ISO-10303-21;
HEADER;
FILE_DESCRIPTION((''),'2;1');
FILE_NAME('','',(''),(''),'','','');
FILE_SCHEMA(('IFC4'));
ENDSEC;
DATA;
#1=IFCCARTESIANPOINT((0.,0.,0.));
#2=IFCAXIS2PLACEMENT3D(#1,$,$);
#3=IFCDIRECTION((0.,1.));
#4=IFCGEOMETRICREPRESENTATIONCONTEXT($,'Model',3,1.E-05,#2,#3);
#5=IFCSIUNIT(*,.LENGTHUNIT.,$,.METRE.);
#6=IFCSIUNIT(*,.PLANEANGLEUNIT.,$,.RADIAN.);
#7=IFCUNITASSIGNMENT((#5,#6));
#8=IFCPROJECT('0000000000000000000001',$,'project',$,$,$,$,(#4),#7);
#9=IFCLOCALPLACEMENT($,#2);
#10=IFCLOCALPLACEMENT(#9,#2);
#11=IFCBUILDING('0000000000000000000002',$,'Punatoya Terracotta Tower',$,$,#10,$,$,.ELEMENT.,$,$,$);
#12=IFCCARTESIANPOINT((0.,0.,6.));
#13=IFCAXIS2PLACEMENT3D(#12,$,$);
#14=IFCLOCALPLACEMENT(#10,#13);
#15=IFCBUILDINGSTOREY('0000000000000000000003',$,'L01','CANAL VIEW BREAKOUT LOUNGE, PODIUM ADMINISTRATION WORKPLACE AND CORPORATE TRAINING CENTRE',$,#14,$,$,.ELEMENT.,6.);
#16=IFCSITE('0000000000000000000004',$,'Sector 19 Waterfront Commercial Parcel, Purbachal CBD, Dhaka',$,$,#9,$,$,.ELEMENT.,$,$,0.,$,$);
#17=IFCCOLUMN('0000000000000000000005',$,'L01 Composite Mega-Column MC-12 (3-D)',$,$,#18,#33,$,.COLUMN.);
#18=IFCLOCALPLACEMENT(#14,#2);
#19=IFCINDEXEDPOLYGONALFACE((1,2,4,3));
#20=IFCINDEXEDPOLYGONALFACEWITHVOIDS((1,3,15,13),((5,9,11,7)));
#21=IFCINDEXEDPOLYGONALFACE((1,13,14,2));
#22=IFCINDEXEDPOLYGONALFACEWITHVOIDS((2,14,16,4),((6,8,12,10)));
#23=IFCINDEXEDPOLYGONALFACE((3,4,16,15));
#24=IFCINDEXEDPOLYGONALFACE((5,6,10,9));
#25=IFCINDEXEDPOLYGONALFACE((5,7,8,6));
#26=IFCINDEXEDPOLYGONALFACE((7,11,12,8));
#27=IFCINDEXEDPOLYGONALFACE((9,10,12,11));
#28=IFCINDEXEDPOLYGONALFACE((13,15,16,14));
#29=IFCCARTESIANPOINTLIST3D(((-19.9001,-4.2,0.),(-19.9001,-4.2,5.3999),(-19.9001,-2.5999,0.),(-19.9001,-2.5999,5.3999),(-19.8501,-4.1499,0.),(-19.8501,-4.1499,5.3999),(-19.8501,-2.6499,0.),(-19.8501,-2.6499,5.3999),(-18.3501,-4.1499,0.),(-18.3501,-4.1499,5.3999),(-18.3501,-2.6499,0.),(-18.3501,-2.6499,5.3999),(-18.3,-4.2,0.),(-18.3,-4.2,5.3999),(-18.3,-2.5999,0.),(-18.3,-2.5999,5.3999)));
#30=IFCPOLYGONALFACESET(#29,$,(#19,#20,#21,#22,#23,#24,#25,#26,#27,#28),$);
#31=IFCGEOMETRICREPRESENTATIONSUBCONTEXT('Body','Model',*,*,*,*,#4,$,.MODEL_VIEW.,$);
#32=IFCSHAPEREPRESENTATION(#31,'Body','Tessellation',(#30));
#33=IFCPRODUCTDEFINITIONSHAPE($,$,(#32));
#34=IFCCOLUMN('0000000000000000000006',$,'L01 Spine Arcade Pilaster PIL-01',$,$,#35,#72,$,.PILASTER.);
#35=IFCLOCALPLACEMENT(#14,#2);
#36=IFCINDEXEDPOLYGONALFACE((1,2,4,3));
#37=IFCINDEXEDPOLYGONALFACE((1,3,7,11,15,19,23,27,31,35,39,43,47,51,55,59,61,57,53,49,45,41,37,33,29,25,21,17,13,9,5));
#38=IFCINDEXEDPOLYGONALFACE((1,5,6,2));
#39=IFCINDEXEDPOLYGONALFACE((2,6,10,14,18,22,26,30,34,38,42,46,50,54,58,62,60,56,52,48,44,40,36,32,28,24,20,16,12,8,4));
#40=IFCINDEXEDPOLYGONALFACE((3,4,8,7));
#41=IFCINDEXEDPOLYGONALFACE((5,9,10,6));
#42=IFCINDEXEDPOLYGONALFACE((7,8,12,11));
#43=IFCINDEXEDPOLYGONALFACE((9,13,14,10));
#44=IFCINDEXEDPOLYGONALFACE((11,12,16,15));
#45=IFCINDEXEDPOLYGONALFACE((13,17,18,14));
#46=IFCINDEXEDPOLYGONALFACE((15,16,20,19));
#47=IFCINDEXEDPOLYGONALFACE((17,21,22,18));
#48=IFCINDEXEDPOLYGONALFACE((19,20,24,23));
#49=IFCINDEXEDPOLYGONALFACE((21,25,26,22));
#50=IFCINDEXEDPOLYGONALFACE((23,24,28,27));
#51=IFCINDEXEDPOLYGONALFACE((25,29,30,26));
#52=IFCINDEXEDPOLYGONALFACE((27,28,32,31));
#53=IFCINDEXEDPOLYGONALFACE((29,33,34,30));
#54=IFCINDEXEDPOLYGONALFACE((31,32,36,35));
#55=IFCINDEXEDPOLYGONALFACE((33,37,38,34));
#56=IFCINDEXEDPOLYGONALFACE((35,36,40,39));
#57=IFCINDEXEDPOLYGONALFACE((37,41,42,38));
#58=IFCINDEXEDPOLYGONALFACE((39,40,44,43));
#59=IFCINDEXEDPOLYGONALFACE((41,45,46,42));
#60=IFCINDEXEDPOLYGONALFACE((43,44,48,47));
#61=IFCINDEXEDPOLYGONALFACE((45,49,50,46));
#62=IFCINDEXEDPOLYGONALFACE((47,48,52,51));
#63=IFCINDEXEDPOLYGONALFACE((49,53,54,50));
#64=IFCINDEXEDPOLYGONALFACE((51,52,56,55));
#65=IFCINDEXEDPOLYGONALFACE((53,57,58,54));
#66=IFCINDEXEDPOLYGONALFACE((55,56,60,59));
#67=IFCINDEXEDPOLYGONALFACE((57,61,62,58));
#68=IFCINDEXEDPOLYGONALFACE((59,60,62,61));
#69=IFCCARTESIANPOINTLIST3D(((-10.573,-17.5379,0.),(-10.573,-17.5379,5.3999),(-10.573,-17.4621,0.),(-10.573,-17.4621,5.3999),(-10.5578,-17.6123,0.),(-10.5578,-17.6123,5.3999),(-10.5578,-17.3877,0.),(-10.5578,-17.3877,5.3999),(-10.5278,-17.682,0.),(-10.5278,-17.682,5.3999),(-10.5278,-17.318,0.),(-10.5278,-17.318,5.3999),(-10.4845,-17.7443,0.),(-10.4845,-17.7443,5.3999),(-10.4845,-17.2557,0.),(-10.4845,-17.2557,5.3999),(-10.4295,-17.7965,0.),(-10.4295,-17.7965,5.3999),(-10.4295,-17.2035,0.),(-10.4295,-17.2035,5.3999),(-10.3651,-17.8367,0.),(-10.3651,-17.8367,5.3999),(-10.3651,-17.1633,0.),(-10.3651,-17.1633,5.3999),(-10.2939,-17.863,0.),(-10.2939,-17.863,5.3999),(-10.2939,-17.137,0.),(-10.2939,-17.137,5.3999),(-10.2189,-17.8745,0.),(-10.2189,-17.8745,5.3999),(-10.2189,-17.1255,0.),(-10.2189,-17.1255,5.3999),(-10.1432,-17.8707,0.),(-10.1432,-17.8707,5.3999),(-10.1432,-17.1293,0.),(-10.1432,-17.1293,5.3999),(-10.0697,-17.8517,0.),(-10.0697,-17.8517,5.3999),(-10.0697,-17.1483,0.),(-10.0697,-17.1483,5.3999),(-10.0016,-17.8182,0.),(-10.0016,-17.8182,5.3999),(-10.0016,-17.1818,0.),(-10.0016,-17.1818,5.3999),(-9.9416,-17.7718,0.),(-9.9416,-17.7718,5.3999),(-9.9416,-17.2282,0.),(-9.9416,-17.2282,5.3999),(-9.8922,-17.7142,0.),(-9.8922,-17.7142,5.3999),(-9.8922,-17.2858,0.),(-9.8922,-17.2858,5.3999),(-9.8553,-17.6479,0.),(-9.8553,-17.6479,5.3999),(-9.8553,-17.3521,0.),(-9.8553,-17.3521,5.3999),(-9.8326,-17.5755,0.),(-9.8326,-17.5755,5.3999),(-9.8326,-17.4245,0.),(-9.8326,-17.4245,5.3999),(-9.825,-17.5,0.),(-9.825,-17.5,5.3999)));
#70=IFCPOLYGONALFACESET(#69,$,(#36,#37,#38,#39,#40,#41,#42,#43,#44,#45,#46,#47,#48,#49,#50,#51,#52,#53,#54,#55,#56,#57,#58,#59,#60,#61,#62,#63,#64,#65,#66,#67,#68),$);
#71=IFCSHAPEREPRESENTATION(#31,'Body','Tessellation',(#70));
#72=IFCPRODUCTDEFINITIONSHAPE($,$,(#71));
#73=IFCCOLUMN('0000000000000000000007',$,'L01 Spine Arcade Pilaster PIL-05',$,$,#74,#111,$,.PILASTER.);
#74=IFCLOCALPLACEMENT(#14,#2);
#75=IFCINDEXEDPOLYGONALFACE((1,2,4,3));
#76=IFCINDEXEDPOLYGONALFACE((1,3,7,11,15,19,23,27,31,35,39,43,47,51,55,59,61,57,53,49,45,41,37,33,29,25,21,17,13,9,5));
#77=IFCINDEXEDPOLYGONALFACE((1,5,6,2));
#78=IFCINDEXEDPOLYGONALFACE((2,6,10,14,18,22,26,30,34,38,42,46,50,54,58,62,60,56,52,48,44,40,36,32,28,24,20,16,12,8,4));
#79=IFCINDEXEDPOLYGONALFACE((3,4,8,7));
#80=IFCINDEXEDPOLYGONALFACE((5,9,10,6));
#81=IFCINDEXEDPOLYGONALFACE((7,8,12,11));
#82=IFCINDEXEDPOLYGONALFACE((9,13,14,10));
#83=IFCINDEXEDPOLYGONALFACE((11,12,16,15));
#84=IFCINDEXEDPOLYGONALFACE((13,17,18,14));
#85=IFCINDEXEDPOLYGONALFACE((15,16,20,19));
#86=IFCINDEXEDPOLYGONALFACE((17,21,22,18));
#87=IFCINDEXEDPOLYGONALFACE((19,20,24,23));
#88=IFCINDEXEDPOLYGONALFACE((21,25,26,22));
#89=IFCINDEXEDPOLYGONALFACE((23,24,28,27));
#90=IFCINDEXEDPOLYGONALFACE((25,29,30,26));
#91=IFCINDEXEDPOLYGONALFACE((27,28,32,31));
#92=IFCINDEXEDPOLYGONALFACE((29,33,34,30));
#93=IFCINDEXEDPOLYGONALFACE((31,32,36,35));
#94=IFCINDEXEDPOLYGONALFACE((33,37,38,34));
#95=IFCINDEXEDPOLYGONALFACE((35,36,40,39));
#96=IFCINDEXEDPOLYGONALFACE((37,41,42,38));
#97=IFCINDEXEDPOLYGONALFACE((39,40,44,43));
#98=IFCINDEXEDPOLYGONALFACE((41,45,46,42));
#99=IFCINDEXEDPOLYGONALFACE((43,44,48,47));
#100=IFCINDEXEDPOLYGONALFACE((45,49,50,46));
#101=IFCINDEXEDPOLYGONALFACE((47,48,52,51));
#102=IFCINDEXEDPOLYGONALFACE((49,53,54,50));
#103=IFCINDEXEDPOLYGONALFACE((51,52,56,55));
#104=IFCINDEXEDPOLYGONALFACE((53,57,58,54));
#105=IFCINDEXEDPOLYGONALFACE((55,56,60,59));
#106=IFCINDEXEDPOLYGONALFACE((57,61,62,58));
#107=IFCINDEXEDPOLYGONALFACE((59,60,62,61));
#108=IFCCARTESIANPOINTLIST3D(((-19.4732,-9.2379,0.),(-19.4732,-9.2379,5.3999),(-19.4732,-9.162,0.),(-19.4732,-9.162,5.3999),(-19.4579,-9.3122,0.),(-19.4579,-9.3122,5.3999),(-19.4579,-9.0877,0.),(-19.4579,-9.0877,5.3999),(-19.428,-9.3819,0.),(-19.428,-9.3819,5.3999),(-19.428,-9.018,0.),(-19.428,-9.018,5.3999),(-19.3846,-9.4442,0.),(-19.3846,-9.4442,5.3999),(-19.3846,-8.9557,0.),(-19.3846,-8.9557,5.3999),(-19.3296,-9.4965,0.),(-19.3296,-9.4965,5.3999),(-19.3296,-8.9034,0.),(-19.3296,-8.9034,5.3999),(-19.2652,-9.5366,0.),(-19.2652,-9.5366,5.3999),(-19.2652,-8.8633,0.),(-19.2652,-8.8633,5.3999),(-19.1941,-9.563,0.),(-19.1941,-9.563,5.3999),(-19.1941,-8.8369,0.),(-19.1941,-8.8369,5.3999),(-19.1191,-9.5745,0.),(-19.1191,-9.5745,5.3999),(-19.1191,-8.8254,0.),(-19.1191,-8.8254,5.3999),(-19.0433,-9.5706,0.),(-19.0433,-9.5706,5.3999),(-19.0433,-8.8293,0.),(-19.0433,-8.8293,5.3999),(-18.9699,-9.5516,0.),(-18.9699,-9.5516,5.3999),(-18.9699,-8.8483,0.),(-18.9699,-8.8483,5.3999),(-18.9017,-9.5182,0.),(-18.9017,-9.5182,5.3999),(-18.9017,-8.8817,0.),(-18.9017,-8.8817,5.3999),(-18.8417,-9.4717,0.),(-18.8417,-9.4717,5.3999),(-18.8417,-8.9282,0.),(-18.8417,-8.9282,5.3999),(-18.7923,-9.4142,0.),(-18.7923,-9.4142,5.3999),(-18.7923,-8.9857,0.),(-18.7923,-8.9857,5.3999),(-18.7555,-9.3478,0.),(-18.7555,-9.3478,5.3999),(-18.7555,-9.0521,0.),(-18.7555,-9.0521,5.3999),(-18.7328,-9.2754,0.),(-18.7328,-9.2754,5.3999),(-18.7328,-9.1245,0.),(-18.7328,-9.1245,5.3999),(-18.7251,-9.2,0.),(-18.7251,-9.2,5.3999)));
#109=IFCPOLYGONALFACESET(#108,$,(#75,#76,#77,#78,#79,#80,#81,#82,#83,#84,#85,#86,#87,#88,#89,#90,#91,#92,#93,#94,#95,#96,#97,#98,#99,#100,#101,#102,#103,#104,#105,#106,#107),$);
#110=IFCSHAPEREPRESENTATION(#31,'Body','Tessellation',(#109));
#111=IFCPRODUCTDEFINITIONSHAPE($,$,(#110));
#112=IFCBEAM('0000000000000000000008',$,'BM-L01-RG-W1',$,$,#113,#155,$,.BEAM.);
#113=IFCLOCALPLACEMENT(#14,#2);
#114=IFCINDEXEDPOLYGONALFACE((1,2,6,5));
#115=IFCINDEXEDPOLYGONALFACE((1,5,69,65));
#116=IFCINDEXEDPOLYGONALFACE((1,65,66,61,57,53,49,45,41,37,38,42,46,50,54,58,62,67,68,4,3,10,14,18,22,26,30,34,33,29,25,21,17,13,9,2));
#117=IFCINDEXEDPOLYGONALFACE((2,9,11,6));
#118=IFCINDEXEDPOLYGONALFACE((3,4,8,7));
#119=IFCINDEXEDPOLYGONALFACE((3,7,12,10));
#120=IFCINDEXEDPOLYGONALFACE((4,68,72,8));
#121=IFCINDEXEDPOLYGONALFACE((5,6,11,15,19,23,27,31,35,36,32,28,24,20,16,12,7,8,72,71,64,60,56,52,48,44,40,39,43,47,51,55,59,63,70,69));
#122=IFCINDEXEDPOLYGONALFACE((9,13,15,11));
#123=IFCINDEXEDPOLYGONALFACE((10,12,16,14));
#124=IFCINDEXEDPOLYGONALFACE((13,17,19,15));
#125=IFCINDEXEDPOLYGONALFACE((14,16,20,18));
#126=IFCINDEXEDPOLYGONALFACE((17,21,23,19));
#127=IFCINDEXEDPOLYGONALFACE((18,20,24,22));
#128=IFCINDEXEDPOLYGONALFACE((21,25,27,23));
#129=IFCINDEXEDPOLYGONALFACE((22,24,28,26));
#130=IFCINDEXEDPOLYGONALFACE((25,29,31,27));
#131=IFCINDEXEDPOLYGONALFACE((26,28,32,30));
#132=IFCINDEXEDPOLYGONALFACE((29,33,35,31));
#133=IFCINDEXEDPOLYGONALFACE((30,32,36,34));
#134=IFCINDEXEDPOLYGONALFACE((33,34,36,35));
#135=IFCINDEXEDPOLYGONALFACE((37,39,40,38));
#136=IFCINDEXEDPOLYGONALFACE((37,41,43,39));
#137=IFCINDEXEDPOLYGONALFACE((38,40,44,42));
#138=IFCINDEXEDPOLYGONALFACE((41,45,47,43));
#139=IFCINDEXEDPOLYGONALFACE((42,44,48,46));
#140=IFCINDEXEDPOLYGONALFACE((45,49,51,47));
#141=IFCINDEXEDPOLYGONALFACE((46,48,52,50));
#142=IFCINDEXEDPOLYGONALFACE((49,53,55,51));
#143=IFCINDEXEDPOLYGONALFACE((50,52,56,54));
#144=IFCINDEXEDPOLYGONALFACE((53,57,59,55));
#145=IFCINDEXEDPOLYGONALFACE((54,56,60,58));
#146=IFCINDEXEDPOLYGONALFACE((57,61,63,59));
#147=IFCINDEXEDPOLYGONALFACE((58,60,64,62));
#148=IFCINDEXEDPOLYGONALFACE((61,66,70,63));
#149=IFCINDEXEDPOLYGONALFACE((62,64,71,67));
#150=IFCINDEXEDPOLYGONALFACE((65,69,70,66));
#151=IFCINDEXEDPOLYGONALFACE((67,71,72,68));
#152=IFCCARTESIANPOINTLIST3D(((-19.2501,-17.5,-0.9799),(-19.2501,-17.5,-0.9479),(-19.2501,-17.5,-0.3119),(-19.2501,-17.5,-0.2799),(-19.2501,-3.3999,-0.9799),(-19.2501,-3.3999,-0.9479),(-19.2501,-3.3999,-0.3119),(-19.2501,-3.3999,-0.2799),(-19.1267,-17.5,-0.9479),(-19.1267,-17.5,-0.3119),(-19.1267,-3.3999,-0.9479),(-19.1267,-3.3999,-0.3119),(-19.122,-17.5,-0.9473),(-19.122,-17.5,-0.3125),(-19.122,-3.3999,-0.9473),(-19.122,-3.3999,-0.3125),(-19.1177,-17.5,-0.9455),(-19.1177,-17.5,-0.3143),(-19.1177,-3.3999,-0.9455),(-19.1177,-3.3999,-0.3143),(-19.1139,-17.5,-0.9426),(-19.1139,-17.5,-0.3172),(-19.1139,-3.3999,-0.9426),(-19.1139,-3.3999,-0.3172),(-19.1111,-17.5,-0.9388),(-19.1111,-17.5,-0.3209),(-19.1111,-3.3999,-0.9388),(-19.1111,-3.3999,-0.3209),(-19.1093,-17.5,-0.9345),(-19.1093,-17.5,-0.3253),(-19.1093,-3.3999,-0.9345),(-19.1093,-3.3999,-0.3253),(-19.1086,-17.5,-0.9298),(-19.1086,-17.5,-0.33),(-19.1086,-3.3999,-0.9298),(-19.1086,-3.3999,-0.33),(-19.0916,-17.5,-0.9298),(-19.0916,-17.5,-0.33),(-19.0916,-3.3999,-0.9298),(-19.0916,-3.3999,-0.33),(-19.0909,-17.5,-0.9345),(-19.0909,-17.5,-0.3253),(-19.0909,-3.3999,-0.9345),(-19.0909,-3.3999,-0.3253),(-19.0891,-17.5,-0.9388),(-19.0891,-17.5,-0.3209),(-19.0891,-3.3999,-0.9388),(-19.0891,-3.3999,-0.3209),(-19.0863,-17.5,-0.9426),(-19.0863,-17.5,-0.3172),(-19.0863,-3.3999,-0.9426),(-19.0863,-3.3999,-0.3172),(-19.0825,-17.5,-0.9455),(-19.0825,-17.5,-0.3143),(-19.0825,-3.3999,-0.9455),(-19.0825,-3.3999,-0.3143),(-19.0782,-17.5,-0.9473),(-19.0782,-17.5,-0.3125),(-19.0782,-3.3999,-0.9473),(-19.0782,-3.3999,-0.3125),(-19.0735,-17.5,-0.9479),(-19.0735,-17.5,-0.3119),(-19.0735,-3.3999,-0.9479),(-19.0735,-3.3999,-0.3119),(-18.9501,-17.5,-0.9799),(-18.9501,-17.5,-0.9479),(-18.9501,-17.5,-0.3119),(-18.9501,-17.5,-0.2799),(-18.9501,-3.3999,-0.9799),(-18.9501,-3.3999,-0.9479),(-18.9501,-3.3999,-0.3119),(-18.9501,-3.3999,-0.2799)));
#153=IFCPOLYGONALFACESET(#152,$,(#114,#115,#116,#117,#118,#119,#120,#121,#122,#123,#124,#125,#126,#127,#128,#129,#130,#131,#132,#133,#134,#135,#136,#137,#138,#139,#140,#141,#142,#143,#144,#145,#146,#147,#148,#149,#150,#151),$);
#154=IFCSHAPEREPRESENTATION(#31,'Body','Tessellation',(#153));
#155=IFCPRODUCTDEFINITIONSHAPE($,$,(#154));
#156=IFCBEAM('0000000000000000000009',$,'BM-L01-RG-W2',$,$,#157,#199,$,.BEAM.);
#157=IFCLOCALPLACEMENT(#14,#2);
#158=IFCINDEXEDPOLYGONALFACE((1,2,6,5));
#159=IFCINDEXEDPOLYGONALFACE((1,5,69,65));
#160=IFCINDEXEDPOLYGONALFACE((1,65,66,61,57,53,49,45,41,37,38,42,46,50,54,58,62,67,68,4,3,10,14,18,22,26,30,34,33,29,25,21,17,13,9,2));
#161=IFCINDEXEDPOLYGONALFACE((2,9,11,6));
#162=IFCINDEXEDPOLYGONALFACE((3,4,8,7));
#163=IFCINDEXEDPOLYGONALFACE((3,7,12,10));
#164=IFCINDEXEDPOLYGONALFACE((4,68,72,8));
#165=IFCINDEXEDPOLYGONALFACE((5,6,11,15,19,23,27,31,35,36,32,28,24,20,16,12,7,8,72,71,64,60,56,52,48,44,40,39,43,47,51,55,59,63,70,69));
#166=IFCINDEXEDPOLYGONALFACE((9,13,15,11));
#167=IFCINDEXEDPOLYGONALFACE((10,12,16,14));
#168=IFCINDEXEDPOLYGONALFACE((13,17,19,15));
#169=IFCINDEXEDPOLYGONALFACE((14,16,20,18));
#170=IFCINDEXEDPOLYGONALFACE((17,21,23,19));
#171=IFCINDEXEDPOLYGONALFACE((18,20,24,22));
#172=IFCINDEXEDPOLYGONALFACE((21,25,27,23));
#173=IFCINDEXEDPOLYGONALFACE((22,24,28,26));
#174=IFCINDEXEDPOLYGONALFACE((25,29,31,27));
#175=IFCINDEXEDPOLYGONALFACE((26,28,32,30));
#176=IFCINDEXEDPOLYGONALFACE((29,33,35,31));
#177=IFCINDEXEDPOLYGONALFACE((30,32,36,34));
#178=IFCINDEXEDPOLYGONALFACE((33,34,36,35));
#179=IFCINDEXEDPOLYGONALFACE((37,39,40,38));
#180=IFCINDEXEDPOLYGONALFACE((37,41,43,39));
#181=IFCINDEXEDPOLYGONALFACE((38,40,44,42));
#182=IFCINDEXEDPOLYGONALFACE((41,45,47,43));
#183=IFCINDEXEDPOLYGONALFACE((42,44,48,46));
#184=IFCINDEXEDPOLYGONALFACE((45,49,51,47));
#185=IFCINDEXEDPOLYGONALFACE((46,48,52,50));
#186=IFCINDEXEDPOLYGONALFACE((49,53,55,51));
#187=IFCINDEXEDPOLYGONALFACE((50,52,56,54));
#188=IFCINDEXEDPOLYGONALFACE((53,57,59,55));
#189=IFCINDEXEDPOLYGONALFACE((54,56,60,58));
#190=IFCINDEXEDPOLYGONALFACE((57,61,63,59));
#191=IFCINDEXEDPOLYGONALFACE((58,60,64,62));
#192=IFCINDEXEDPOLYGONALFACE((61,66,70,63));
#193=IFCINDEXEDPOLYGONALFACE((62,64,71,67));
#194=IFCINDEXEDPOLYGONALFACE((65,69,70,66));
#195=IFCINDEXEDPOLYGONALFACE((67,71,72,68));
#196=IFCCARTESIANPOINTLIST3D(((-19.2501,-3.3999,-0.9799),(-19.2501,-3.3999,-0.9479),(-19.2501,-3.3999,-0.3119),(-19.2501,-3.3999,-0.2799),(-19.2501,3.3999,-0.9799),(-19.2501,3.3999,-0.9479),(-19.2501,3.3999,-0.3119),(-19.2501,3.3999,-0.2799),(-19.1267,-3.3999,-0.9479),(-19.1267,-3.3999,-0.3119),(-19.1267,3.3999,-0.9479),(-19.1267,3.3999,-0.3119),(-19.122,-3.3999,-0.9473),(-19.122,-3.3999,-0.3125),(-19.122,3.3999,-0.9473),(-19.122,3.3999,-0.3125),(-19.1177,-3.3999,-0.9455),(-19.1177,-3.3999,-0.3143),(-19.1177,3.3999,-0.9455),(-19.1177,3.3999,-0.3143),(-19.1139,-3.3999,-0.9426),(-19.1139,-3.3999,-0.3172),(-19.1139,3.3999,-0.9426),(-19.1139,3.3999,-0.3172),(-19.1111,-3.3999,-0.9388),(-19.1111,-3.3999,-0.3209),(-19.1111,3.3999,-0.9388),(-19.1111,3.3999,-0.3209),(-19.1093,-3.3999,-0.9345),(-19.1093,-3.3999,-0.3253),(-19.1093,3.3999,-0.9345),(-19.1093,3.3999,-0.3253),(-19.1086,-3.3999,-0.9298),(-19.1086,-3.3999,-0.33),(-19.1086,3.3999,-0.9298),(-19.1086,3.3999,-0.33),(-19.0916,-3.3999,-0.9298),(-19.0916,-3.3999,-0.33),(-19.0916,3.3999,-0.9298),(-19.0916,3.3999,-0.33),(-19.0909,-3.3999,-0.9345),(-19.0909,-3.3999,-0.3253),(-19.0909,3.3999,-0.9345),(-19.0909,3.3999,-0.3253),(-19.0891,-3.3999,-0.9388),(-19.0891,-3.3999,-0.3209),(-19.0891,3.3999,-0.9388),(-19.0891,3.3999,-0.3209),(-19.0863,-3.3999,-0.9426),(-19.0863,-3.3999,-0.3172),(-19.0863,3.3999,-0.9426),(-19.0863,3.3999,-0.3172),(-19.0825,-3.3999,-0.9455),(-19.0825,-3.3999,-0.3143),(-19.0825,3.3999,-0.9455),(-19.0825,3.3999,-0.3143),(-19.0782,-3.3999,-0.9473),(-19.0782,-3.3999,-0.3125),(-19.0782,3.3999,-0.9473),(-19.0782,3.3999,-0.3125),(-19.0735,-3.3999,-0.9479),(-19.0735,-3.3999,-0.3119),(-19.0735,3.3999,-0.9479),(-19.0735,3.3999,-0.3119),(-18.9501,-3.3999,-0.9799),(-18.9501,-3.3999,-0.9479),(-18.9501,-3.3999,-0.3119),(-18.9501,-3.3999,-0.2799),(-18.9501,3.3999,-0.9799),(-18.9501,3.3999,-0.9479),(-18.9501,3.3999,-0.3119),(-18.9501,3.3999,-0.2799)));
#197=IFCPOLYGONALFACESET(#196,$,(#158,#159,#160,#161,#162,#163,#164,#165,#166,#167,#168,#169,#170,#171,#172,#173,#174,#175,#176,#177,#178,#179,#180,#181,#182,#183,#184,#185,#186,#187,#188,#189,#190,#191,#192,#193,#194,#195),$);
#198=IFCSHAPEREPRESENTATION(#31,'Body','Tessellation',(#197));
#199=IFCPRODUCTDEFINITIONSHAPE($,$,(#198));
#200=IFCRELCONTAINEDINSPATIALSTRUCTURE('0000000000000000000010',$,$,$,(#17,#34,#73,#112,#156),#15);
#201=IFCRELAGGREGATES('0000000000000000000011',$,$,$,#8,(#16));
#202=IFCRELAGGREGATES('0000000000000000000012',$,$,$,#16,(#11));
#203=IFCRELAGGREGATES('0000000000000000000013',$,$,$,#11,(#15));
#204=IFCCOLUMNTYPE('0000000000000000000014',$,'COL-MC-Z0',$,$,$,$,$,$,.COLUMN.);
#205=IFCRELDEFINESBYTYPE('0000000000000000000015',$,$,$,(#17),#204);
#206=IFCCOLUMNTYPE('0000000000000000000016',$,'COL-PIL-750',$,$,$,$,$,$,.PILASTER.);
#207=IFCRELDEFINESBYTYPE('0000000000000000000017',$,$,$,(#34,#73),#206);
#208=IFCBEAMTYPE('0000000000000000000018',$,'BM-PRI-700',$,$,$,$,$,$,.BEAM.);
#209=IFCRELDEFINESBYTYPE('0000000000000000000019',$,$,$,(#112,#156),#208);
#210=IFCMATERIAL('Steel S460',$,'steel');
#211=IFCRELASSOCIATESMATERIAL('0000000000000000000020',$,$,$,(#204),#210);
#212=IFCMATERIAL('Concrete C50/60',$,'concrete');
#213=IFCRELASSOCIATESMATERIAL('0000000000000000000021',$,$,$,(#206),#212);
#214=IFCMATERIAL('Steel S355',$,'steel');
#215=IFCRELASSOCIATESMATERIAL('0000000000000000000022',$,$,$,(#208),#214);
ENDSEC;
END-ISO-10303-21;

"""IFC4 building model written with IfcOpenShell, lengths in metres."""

from ifc_helpers import new_model, si_unit, direction, frame, origin, origin_2d, place, context, subcontext, project, spatial, hollow_rectangle, circle, i_section, extrude, material, material_profile, profile_set, type_object, element, save


model = new_model("IFC4")

# Units and contexts
model_context = context("Model", 3, precision=1e-05, world=origin(), true_north=direction((0.0, 1.0)))
body_context = subcontext(model_context, "Body", "Model", "MODEL_VIEW")
ifc_project = project(units=[si_unit("LENGTHUNIT", "METRE"), si_unit("PLANEANGLEUNIT", "RADIAN")], contexts=[model_context])

# Site, building, storey
site_placement = place(None, origin())
site = spatial("IfcSite", under=ifc_project, at=site_placement, Name="Sector 19 Waterfront Commercial Parcel, Purbachal CBD, Dhaka", CompositionType="ELEMENT", RefElevation=0.0)
building_placement = place(site_placement, origin())
building = spatial("IfcBuilding", under=site, at=building_placement, Name="Punatoya Terracotta Tower", CompositionType="ELEMENT")
storey_placement = place(building_placement, frame((0.0, 0.0, 6.0)))
storey = spatial("IfcBuildingStorey", under=building, at=storey_placement, Name="L01", Description="CANAL VIEW BREAKOUT LOUNGE, PODIUM ADMINISTRATION WORKPLACE AND CORPORATE TRAINING CENTRE", CompositionType="ELEMENT", Elevation=6.0)

# Columns
ifc_material_1 = material(Name="Steel S460", Category="steel")
ifc_material_profile_1 = material_profile(ifc_material_1, hollow_rectangle(XDim=1.6001, YDim=1.6001, WallThickness=0.05, at=origin_2d()))
ifc_profile_set_1 = profile_set([ifc_material_profile_1], Name="Steel S460")
column_type_1 = type_object("IfcColumnType", Name="COL-MC-Z0", PredefinedType="COLUMN", material=ifc_profile_set_1)
column_placement = place(storey_placement, frame((-19.1001, -3.3999, 0.0), z_axis=(0.0, 0.0, 1.0), x_axis=(1.0, 0.0, 0.0)))
element("IfcColumn", 1, at=column_placement, inside=storey, type_object=column_type_1, Name="L01 Composite Mega-Column MC-12 (3-D)", PredefinedType="COLUMN", context=body_context, shape_type="SweptSolid", body=[
    extrude(hollow_rectangle(XDim=1.6001, YDim=1.6001, WallThickness=0.05, at=origin_2d()), origin(), (0.0, 0.0, 1.0), 5.3999),
])
ifc_material_2 = material(Name="Concrete C50/60", Category="concrete")
ifc_material_profile_2 = material_profile(ifc_material_2, circle(Radius=0.375, at=origin_2d()))
ifc_profile_set_2 = profile_set([ifc_material_profile_2], Name="Concrete C50/60")
column_type_2 = type_object("IfcColumnType", Name="COL-PIL-750", PredefinedType="PILASTER", material=ifc_profile_set_2)
for number, where, z_axis, x_axis, name in (
    (2, (-10.2, -17.5, 0.0), (0.0, 0.0, 1.0), (1.0, 0.0, 0.0), "L01 Spine Arcade Pilaster PIL-01"),
    (3, (-19.1001, -9.2, 0.0), (0.0, 0.0, 1.0), (1.0, 0.0, 0.0), "L01 Spine Arcade Pilaster PIL-05"),
):
    element("IfcColumn", number, at=place(storey_placement, frame(where, z_axis=z_axis, x_axis=x_axis)), inside=storey, type_object=column_type_2, Name=name, PredefinedType="PILASTER", context=body_context, shape_type="SweptSolid", body=[
        extrude(circle(Radius=0.375, at=origin_2d()), origin(), (0.0, 0.0, 1.0), 5.3999),
    ])

# Beams
ifc_material_3 = material(Name="Steel S355", Category="steel")
ifc_material_profile_3 = material_profile(ifc_material_3, i_section(OverallWidth=0.3, OverallDepth=0.7, WebThickness=0.0171, FlangeThickness=0.032, FilletRadius=0.0181, at=origin_2d()))
ifc_profile_set_3 = profile_set([ifc_material_profile_3], Name="Steel S355")
beam_type = type_object("IfcBeamType", Name="BM-PRI-700", PredefinedType="BEAM", material=ifc_profile_set_3)
beam_1_placement = place(storey_placement, frame((-19.1001, -17.5, -0.6299), z_axis=(0.0, 1.0, 0.0), x_axis=(-1.0, 0.0, 0.0)))
element("IfcBeam", 4, at=beam_1_placement, inside=storey, type_object=beam_type, Name="BM-L01-RG-W1", PredefinedType="BEAM", context=body_context, shape_type="SweptSolid", body=[
    extrude(i_section(OverallWidth=0.3, OverallDepth=0.7, WebThickness=0.0171, FlangeThickness=0.032, FilletRadius=0.0181, at=origin_2d()), origin(), (0.0, 0.0, 1.0), 14.1001),
])
beam_2_placement = place(storey_placement, frame((-19.1001, -3.3999, -0.6299), z_axis=(0.0, 1.0, 0.0), x_axis=(-1.0, 0.0, 0.0)))
element("IfcBeam", 5, at=beam_2_placement, inside=storey, type_object=beam_type, Name="BM-L01-RG-W2", PredefinedType="BEAM", context=body_context, shape_type="SweptSolid", body=[
    extrude(i_section(OverallWidth=0.3, OverallDepth=0.7, WebThickness=0.0171, FlangeThickness=0.032, FilletRadius=0.0181, at=origin_2d()), origin(), (0.0, 0.0, 1.0), 6.7998),
])

save(model, "model.ifc")
